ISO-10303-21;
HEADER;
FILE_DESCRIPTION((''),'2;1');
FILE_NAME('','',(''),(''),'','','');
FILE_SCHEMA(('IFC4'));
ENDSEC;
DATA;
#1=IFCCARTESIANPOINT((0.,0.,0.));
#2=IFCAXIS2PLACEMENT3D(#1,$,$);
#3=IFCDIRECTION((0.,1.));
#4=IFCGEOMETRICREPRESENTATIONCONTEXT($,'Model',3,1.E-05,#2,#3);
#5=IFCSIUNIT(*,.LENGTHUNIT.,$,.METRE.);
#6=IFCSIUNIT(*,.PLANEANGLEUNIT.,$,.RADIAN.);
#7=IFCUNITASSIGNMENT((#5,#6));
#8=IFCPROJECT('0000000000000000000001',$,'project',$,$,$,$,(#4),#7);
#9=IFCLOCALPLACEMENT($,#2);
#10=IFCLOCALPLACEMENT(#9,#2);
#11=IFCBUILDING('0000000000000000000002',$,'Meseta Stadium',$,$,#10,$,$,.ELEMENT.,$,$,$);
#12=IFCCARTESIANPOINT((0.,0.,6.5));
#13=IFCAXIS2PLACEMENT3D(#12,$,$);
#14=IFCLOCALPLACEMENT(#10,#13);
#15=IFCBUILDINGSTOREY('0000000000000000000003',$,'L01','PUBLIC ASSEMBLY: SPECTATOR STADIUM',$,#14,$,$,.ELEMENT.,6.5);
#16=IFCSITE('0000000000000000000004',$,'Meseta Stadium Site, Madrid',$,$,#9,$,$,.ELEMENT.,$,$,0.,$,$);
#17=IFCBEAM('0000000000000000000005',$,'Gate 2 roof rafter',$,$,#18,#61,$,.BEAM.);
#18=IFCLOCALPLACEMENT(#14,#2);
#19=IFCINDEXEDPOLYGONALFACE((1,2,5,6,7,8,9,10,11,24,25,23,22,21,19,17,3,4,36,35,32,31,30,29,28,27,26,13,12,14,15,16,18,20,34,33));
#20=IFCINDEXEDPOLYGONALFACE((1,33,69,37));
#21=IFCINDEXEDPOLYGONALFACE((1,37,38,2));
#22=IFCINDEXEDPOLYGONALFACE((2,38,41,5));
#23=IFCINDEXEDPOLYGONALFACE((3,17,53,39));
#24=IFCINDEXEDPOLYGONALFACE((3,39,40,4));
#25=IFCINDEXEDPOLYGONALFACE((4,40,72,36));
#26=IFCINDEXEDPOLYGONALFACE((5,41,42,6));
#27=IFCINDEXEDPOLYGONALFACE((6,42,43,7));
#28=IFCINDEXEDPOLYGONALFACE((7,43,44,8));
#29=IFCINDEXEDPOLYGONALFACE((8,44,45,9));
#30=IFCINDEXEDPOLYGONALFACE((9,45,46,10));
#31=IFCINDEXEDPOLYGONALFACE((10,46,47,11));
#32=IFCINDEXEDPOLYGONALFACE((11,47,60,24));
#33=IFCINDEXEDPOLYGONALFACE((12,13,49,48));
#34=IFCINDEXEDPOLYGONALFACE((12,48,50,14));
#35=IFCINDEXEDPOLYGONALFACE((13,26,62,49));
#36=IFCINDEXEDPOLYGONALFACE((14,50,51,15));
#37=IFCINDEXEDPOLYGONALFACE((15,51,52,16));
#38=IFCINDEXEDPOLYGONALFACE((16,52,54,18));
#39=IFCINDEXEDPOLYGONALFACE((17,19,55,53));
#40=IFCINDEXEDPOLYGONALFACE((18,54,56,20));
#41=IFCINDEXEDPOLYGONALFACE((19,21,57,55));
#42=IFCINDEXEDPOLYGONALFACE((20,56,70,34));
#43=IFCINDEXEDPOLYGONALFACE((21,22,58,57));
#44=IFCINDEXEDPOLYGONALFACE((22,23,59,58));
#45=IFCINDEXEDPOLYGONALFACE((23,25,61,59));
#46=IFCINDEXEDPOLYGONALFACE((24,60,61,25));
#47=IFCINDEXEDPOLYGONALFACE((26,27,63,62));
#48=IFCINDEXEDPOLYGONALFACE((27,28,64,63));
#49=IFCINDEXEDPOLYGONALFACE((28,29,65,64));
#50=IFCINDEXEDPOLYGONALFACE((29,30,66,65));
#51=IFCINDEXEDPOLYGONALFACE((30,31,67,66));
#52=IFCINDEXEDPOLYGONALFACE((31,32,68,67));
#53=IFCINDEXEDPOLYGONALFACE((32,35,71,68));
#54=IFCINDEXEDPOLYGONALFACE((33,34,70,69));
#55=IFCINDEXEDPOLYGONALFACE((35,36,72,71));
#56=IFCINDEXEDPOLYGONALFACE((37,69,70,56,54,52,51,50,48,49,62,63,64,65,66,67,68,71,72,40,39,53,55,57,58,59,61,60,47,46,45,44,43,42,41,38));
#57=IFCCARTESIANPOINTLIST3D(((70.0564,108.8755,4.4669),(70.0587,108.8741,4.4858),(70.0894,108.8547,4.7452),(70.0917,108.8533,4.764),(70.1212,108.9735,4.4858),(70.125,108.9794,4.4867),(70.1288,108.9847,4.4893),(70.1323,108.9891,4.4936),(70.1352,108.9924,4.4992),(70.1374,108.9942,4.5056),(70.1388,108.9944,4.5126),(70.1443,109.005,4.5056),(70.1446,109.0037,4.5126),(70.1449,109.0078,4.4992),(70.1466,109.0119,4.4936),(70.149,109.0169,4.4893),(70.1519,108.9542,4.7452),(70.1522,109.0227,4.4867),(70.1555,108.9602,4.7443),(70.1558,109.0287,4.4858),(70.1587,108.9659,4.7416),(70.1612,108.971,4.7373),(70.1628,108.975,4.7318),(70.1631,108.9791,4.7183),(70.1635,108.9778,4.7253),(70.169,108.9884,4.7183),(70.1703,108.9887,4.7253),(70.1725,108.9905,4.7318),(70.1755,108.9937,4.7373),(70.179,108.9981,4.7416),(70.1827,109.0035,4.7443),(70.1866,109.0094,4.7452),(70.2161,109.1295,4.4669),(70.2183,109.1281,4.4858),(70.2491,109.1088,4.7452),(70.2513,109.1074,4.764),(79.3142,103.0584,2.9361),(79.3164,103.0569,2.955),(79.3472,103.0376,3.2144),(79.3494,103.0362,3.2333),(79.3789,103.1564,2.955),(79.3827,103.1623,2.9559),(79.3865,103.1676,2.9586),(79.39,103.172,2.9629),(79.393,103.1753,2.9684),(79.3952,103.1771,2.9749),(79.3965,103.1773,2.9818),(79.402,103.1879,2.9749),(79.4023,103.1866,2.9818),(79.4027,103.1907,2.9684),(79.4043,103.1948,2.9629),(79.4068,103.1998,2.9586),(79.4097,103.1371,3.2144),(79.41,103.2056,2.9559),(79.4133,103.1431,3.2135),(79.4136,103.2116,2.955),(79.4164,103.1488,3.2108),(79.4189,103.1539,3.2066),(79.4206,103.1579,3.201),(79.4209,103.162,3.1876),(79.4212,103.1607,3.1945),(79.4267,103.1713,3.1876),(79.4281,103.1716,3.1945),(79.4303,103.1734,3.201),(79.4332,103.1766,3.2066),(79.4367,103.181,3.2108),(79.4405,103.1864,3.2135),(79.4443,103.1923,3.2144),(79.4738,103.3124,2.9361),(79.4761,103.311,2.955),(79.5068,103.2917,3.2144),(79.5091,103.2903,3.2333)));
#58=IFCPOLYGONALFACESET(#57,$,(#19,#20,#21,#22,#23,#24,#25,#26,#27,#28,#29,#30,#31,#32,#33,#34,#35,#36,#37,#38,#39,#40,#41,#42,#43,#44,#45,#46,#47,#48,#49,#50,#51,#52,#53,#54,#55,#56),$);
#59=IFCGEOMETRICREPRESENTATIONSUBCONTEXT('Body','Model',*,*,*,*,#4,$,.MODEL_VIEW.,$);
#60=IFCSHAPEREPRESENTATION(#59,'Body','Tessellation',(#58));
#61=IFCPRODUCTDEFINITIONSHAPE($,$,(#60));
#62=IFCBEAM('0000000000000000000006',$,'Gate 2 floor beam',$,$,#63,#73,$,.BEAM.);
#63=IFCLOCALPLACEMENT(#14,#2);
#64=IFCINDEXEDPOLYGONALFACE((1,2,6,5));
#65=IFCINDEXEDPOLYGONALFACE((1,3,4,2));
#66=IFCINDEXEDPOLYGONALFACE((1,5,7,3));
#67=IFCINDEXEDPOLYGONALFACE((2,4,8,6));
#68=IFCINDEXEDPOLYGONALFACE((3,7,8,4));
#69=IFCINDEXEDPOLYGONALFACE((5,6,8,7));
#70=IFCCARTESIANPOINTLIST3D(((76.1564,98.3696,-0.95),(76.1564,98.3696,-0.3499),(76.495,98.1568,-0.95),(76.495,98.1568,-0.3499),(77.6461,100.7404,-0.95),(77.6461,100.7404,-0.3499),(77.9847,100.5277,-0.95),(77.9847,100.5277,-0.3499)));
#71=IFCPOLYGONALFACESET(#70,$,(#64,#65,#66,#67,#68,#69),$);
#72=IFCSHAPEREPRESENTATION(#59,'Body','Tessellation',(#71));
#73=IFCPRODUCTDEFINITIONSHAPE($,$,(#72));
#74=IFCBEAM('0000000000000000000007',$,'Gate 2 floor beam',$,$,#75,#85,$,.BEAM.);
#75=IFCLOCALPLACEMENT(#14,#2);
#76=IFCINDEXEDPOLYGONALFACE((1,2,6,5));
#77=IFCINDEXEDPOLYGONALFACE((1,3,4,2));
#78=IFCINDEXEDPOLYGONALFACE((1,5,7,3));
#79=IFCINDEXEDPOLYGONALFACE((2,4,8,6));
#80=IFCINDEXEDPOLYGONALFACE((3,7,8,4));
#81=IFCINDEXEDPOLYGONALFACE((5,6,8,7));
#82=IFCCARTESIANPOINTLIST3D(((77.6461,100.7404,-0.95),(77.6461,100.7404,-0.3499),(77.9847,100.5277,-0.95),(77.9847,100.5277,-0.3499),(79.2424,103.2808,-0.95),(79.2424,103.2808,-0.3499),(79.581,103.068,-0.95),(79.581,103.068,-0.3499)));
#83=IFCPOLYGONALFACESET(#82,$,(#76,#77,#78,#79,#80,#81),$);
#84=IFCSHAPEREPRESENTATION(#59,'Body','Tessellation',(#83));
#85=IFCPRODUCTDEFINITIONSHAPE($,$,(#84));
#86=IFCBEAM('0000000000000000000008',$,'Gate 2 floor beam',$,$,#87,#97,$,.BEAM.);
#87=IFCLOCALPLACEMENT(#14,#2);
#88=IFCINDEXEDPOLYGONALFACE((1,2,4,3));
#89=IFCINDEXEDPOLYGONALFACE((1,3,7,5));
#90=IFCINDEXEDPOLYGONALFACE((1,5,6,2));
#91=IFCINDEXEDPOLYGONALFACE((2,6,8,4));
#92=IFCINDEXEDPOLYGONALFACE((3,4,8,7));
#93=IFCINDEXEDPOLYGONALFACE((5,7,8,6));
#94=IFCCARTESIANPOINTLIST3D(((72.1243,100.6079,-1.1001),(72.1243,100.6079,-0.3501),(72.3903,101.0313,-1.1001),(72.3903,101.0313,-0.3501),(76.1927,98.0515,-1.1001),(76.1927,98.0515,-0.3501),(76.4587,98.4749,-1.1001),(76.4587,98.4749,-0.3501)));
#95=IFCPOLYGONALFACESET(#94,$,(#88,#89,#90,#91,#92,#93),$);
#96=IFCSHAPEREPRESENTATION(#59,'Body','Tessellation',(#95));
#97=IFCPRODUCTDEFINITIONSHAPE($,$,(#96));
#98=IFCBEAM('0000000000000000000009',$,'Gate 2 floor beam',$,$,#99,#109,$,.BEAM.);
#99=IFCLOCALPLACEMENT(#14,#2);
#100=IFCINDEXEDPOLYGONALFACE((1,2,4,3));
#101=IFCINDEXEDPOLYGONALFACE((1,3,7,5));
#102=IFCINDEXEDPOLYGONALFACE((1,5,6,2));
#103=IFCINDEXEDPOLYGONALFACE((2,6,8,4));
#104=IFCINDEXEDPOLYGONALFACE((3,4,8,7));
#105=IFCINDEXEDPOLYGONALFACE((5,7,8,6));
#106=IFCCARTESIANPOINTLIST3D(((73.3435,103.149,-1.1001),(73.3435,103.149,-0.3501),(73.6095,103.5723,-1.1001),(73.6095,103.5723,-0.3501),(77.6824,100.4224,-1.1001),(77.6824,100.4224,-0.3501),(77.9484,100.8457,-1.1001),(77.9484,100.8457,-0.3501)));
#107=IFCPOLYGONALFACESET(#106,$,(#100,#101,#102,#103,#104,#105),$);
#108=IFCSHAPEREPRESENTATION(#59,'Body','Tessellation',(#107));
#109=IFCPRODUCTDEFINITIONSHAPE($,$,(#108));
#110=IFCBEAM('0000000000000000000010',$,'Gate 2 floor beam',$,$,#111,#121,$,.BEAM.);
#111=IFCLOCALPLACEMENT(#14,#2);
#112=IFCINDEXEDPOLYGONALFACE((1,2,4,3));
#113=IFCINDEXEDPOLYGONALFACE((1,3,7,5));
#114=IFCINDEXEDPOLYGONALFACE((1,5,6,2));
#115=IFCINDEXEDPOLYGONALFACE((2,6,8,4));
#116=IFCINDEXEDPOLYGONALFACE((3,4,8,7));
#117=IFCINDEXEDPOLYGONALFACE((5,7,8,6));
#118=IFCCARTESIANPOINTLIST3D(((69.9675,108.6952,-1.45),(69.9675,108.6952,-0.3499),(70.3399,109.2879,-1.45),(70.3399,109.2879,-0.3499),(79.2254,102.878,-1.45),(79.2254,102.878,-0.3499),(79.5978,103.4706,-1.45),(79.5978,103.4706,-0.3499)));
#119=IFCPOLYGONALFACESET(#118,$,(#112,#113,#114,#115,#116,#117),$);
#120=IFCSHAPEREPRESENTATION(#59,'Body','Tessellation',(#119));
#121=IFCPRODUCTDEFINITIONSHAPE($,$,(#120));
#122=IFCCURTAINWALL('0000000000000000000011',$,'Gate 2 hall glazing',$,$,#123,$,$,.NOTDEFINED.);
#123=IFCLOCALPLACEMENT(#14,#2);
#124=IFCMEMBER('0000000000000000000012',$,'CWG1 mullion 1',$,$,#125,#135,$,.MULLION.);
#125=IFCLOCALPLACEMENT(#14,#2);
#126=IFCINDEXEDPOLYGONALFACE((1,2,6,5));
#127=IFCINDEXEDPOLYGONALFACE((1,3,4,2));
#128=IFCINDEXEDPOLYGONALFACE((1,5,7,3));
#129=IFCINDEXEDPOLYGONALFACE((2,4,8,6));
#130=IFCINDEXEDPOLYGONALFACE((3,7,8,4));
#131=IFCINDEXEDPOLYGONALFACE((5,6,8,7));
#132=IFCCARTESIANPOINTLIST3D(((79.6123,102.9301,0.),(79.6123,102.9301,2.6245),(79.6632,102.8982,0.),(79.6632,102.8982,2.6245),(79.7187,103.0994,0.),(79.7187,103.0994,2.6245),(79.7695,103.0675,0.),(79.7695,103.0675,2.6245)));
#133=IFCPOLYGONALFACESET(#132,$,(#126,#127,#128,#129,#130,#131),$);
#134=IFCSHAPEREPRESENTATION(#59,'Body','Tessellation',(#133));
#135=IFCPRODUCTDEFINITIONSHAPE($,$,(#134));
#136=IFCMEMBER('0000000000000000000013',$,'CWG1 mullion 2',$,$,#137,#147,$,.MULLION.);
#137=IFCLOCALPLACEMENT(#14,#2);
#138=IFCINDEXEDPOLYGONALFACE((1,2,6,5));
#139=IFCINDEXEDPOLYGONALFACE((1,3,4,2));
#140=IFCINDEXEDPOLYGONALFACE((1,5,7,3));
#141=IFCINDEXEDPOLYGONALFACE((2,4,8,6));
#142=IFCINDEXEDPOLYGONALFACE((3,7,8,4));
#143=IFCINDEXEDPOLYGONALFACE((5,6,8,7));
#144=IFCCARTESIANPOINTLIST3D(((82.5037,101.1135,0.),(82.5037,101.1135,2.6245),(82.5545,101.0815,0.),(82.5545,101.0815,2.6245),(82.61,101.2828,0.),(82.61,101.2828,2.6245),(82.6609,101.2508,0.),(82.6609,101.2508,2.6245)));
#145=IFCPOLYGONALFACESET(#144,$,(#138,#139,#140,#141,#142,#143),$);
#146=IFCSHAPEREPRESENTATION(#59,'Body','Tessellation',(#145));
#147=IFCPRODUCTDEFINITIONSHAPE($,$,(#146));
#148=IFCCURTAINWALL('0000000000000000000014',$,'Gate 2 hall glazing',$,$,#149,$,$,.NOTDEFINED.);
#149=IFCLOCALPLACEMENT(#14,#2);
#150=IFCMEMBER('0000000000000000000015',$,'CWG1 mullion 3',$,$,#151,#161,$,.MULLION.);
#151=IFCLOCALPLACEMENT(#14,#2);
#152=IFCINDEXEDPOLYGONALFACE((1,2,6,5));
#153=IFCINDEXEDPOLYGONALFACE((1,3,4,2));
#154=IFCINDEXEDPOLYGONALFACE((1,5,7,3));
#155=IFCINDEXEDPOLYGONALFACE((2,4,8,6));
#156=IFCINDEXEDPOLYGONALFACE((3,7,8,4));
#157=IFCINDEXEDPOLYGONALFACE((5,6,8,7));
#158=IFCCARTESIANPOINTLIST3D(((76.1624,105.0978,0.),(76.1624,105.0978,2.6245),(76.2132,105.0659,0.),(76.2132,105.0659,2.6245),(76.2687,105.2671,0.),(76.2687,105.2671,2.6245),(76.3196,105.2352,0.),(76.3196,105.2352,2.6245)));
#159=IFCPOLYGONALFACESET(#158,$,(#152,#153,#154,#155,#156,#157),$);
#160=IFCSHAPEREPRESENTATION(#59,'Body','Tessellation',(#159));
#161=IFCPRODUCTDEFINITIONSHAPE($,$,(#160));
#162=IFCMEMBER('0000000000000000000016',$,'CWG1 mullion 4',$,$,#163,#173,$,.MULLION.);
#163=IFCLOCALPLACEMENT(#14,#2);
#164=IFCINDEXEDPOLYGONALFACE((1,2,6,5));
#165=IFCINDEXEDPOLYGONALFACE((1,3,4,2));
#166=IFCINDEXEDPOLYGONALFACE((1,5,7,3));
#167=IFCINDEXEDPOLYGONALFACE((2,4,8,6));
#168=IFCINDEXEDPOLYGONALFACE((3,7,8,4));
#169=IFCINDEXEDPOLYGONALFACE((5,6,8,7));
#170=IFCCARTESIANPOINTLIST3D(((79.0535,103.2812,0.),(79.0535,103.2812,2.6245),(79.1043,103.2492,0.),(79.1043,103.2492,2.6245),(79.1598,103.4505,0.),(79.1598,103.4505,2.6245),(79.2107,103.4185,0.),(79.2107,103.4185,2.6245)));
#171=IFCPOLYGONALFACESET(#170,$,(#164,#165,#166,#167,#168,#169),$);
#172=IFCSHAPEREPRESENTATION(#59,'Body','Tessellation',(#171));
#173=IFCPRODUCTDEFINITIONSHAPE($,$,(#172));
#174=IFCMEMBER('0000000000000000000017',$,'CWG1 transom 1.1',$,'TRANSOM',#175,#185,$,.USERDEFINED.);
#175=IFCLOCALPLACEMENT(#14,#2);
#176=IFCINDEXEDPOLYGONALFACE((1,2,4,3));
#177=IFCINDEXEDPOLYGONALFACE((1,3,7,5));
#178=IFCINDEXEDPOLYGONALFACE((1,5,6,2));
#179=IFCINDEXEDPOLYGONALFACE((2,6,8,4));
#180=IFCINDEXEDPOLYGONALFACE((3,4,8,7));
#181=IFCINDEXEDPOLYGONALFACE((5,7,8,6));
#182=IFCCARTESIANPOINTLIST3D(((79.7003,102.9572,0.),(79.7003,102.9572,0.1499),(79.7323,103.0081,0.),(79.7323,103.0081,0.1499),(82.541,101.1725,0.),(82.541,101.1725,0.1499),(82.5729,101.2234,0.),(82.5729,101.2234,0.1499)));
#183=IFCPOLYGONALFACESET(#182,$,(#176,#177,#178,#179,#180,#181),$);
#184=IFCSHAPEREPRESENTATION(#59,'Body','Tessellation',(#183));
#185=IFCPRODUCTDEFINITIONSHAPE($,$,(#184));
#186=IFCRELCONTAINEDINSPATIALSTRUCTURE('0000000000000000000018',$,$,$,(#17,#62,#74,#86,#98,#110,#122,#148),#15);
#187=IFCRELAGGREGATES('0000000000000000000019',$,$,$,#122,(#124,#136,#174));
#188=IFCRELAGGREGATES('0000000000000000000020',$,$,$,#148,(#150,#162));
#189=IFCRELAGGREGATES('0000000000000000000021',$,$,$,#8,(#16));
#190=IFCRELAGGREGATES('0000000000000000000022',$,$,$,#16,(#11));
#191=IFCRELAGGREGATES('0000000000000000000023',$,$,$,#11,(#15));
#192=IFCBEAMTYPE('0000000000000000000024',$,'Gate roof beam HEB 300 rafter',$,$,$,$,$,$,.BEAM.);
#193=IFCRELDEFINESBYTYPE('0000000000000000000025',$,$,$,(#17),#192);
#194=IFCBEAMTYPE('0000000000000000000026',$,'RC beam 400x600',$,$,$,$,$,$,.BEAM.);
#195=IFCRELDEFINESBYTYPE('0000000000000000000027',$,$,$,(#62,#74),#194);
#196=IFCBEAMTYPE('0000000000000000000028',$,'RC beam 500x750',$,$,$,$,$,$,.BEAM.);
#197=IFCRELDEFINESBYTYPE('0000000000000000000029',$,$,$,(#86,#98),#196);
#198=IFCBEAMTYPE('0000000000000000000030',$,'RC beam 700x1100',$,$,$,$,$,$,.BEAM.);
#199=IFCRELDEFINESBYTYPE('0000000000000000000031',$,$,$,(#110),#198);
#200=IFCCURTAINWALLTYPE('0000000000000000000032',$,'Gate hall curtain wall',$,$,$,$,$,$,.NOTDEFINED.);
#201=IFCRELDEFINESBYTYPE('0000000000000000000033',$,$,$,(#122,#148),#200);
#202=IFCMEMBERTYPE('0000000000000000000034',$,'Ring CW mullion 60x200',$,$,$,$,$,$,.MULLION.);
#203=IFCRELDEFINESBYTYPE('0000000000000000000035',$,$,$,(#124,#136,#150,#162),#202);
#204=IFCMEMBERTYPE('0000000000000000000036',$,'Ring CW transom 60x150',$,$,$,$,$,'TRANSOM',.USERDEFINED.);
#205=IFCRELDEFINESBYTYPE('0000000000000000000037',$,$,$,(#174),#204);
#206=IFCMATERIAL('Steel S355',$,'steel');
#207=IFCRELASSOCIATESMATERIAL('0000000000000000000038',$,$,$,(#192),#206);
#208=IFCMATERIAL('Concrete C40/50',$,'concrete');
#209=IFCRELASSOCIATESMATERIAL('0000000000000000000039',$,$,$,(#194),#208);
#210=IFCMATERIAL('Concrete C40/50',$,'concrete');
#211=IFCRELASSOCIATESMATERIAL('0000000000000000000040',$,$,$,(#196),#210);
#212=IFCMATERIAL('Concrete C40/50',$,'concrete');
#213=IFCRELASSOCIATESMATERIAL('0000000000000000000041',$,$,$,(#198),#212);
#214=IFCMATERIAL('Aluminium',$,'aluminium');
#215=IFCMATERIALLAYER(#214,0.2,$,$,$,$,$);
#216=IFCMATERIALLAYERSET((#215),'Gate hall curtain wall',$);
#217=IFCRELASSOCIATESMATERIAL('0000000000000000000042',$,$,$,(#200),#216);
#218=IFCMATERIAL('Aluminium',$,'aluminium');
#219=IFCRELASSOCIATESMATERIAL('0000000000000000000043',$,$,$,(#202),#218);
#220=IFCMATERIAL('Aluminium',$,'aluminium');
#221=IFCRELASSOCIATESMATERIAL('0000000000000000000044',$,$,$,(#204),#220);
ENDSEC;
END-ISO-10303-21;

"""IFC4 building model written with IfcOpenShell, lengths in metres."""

from ifc_helpers import new_model, si_unit, direction, frame, origin, origin_2d, place, context, subcontext, project, spatial, rectangle, i_section, extrude, material, layer, layer_set, material_profile, profile_set, type_object, element, aggregate, save


model = new_model("IFC4")

# Units and contexts
model_context = context("Model", 3, precision=1e-05, world=origin(), true_north=direction((0.0, 1.0)))
body_context = subcontext(model_context, "Body", "Model", "MODEL_VIEW")
ifc_project = project(units=[si_unit("LENGTHUNIT", "METRE"), si_unit("PLANEANGLEUNIT", "RADIAN")], contexts=[model_context])

# Site, building, storey
site_placement = place(None, origin())
site = spatial("IfcSite", under=ifc_project, at=site_placement, Name="Meseta Stadium Site, Madrid", CompositionType="ELEMENT", RefElevation=0.0)
building_placement = place(site_placement, origin())
building = spatial("IfcBuilding", under=site, at=building_placement, Name="Meseta Stadium", CompositionType="ELEMENT")
storey_placement = place(building_placement, frame((0.0, 0.0, 6.5)))
storey = spatial("IfcBuildingStorey", under=building, at=storey_placement, Name="L01", Description="PUBLIC ASSEMBLY: SPECTATOR STADIUM", CompositionType="ELEMENT", Elevation=6.5)

# Beams
ifc_material_1 = material(Name="Steel S355", Category="steel")
ifc_material_profile_1 = material_profile(ifc_material_1, i_section(OverallWidth=0.3, OverallDepth=0.3, WebThickness=0.011, FlangeThickness=0.019, FilletRadius=0.0271, at=origin_2d()), Name="HEB 300")
ifc_profile_set_1 = profile_set([ifc_material_profile_1], Name="Steel S355")
beam_type_1 = type_object("IfcBeamType", Name="Gate roof beam HEB 300 rafter", PredefinedType="BEAM", material=ifc_profile_set_1)
beam_1_placement = place(storey_placement, frame((79.4116, 103.1743, 3.0847), z_axis=(-0.838543, 0.526898, 0.138652), x_axis=(-0.532037, -0.846721, 0.0)))
element("IfcBeam", 1, at=beam_1_placement, inside=storey, type_object=beam_type_1, Name="Gate 2 roof rafter", PredefinedType="BEAM", context=body_context, shape_type="SweptSolid", body=[
    extrude(i_section(OverallWidth=0.3, OverallDepth=0.3, WebThickness=0.011, FlangeThickness=0.019, FilletRadius=0.0271, at=origin_2d()), origin(), (0.0, 0.0, 1.0), 11.0403),
])
ifc_material_2 = material(Name="Concrete C40/50", Category="concrete")
ifc_material_profile_2 = material_profile(ifc_material_2, rectangle(XDim=0.3999, YDim=0.6001, at=origin_2d()), Name="RC 400x600")
ifc_profile_set_2 = profile_set([ifc_material_profile_2], Name="Concrete C40/50")
beam_type_2 = type_object("IfcBeamType", Name="RC beam 400x600", PredefinedType="BEAM", material=ifc_profile_set_2)
beam_2_placement = place(storey_placement, frame((76.3257, 98.2632, -0.6499), z_axis=(0.532043, 0.846717, 0.0), x_axis=(-0.846717, 0.532043, 0.0)))
element("IfcBeam", 2, at=beam_2_placement, inside=storey, type_object=beam_type_2, Name="Gate 2 floor beam", PredefinedType="BEAM", context=body_context, shape_type="SweptSolid", body=[
    extrude(rectangle(XDim=0.3999, YDim=0.6001, at=origin_2d()), origin(), (0.0, 0.0, 1.0), 2.8),
])
beam_3_placement = place(storey_placement, frame((77.8154, 100.634, -0.6499), z_axis=(0.532038, 0.84672, 0.0), x_axis=(-0.84672, 0.532038, 0.0)))
element("IfcBeam", 3, at=beam_3_placement, inside=storey, type_object=beam_type_2, Name="Gate 2 floor beam", PredefinedType="BEAM", context=body_context, shape_type="SweptSolid", body=[
    extrude(rectangle(XDim=0.3999, YDim=0.6001, at=origin_2d()), origin(), (0.0, 0.0, 1.0), 3.0002),
])
ifc_material_3 = material(Name="Concrete C40/50", Category="concrete")
ifc_material_profile_3 = material_profile(ifc_material_3, rectangle(XDim=0.5, YDim=0.75, at=origin_2d()), Name="RC 500x750")
ifc_profile_set_3 = profile_set([ifc_material_profile_3], Name="Concrete C40/50")
beam_type_3 = type_object("IfcBeamType", Name="RC beam 500x750", PredefinedType="BEAM", material=ifc_profile_set_3)
beam_4_placement = place(storey_placement, frame((76.3257, 98.2632, -0.7251), z_axis=(-0.846717, 0.532044, 0.0), x_axis=(-0.532044, -0.846717, 0.0)))
element("IfcBeam", 4, at=beam_4_placement, inside=storey, type_object=beam_type_3, Name="Gate 2 floor beam", PredefinedType="BEAM", context=body_context, shape_type="SweptSolid", body=[
    extrude(rectangle(XDim=0.5, YDim=0.75, at=origin_2d()), origin(), (0.0, 0.0, 1.0), 4.8049),
])
beam_5_placement = place(storey_placement, frame((77.8154, 100.634, -0.7251), z_axis=(-0.8467, 0.53207, 0.0), x_axis=(-0.53207, -0.8467, 0.0)))
element("IfcBeam", 5, at=beam_5_placement, inside=storey, type_object=beam_type_3, Name="Gate 2 floor beam", PredefinedType="BEAM", context=body_context, shape_type="SweptSolid", body=[
    extrude(rectangle(XDim=0.5, YDim=0.75, at=origin_2d()), origin(), (0.0, 0.0, 1.0), 5.1245),
])
ifc_material_4 = material(Name="Concrete C40/50", Category="concrete")
ifc_material_profile_4 = material_profile(ifc_material_4, rectangle(XDim=0.7, YDim=1.1001, at=origin_2d()), Name="RC 700x1100")
ifc_profile_set_4 = profile_set([ifc_material_profile_4], Name="Concrete C40/50")
beam_type_4 = type_object("IfcBeamType", Name="RC beam 700x1100", PredefinedType="BEAM", material=ifc_profile_set_4)
beam_6_placement = place(storey_placement, frame((79.4116, 103.1743, -0.8999), z_axis=(-0.846721, 0.532037, 0.0), x_axis=(-0.532037, -0.846721, 0.0)))
element("IfcBeam", 6, at=beam_6_placement, inside=storey, type_object=beam_type_4, Name="Gate 2 floor beam", PredefinedType="BEAM", context=body_context, shape_type="SweptSolid", body=[
    extrude(rectangle(XDim=0.7, YDim=1.1001, at=origin_2d()), origin(), (0.0, 0.0, 1.0), 10.9338),
])

# Curtain walls, members
ifc_material_5 = material(Name="Aluminium", Category="aluminium")
ifc_layer_1 = layer(ifc_material_5, 0.2)
ifc_layer_set_1 = layer_set([ifc_layer_1], Name="Gate hall curtain wall")
curtain_wall_type = type_object("IfcCurtainWallType", Name="Gate hall curtain wall", PredefinedType="NOTDEFINED", material=ifc_layer_set_1)
curtain_wall_1_placement = place(storey_placement, origin())
curtain_wall_1 = element("IfcCurtainWall", 7, at=curtain_wall_1_placement, inside=storey, type_object=curtain_wall_type, Name="Gate 2 hall glazing", PredefinedType="NOTDEFINED")
ifc_material_6 = material(Name="Aluminium", Category="aluminium")
ifc_material_profile_5 = material_profile(ifc_material_6, rectangle(XDim=0.2, YDim=0.0601, at=origin_2d()), Name="CW 200x60")
ifc_profile_set_5 = profile_set([ifc_material_profile_5], Name="Aluminium")
member_type_1 = type_object("IfcMemberType", Name="Ring CW mullion 60x200", PredefinedType="MULLION", material=ifc_profile_set_5)
member_1_placement = place(storey_placement, frame((79.6909, 102.9988, 0.0), z_axis=(0.0, 0.0, 1.0), x_axis=(0.532035, 0.846723, 0.0)))
member_1 = element("IfcMember", 8, at=member_1_placement, type_object=member_type_1, Name="CWG1 mullion 1", PredefinedType="MULLION", context=body_context, shape_type="SweptSolid", body=[
    extrude(rectangle(XDim=0.2, YDim=0.0601, at=origin_2d()), origin(), (0.0, 0.0, 1.0), 2.6245),
])
member_2_placement = place(storey_placement, frame((82.5823, 101.1821, 0.0), z_axis=(0.0, 0.0, 1.0), x_axis=(0.532035, 0.846723, 0.0)))
member_2 = element("IfcMember", 9, at=member_2_placement, type_object=member_type_1, Name="CWG1 mullion 2", PredefinedType="MULLION", context=body_context, shape_type="SweptSolid", body=[
    extrude(rectangle(XDim=0.2, YDim=0.0601, at=origin_2d()), origin(), (0.0, 0.0, 1.0), 2.6245),
])
curtain_wall_2_placement = place(storey_placement, origin())
curtain_wall_2 = element("IfcCurtainWall", 10, at=curtain_wall_2_placement, inside=storey, type_object=curtain_wall_type, Name="Gate 2 hall glazing", PredefinedType="NOTDEFINED")
member_3_placement = place(storey_placement, frame((76.241, 105.1665, 0.0), z_axis=(0.0, 0.0, 1.0), x_axis=(0.532028, 0.846727, 0.0)))
member_3 = element("IfcMember", 11, at=member_3_placement, type_object=member_type_1, Name="CWG1 mullion 3", PredefinedType="MULLION", context=body_context, shape_type="SweptSolid", body=[
    extrude(rectangle(XDim=0.2, YDim=0.0601, at=origin_2d()), origin(), (0.0, 0.0, 1.0), 2.6245),
])
member_4_placement = place(storey_placement, frame((79.1321, 103.3499, 0.0), z_axis=(0.0, 0.0, 1.0), x_axis=(0.532028, 0.846727, 0.0)))
member_4 = element("IfcMember", 12, at=member_4_placement, type_object=member_type_1, Name="CWG1 mullion 4", PredefinedType="MULLION", context=body_context, shape_type="SweptSolid", body=[
    extrude(rectangle(XDim=0.2, YDim=0.0601, at=origin_2d()), origin(), (0.0, 0.0, 1.0), 2.6245),
])

# Member
ifc_material_7 = material(Name="Aluminium", Category="aluminium")
ifc_material_profile_6 = material_profile(ifc_material_7, rectangle(XDim=0.0601, YDim=0.1499, at=origin_2d()), Name="CW 60x150")
ifc_profile_set_6 = profile_set([ifc_material_profile_6], Name="Aluminium")
member_type_2 = type_object("IfcMemberType", Name="Ring CW transom 60x150", ElementType="TRANSOM", PredefinedType="USERDEFINED", material=ifc_profile_set_6)
member_5_placement = place(storey_placement, frame((79.7163, 102.9827, 0.075), z_axis=(0.846749, -0.531993, 0.0), x_axis=(0.531993, 0.846749, 0.0)))
member_5 = element("IfcMember", 13, at=member_5_placement, type_object=member_type_2, Name="CWG1 transom 1.1", ObjectType="TRANSOM", PredefinedType="USERDEFINED", context=body_context, shape_type="SweptSolid", body=[
    extrude(rectangle(XDim=0.0601, YDim=0.1499, at=origin_2d()), origin(), (0.0, 0.0, 1.0), 3.3547),
])

aggregate(curtain_wall_1, [member_1, member_2, member_5])
aggregate(curtain_wall_2, [member_3, member_4])

save(model, "model.ifc")
